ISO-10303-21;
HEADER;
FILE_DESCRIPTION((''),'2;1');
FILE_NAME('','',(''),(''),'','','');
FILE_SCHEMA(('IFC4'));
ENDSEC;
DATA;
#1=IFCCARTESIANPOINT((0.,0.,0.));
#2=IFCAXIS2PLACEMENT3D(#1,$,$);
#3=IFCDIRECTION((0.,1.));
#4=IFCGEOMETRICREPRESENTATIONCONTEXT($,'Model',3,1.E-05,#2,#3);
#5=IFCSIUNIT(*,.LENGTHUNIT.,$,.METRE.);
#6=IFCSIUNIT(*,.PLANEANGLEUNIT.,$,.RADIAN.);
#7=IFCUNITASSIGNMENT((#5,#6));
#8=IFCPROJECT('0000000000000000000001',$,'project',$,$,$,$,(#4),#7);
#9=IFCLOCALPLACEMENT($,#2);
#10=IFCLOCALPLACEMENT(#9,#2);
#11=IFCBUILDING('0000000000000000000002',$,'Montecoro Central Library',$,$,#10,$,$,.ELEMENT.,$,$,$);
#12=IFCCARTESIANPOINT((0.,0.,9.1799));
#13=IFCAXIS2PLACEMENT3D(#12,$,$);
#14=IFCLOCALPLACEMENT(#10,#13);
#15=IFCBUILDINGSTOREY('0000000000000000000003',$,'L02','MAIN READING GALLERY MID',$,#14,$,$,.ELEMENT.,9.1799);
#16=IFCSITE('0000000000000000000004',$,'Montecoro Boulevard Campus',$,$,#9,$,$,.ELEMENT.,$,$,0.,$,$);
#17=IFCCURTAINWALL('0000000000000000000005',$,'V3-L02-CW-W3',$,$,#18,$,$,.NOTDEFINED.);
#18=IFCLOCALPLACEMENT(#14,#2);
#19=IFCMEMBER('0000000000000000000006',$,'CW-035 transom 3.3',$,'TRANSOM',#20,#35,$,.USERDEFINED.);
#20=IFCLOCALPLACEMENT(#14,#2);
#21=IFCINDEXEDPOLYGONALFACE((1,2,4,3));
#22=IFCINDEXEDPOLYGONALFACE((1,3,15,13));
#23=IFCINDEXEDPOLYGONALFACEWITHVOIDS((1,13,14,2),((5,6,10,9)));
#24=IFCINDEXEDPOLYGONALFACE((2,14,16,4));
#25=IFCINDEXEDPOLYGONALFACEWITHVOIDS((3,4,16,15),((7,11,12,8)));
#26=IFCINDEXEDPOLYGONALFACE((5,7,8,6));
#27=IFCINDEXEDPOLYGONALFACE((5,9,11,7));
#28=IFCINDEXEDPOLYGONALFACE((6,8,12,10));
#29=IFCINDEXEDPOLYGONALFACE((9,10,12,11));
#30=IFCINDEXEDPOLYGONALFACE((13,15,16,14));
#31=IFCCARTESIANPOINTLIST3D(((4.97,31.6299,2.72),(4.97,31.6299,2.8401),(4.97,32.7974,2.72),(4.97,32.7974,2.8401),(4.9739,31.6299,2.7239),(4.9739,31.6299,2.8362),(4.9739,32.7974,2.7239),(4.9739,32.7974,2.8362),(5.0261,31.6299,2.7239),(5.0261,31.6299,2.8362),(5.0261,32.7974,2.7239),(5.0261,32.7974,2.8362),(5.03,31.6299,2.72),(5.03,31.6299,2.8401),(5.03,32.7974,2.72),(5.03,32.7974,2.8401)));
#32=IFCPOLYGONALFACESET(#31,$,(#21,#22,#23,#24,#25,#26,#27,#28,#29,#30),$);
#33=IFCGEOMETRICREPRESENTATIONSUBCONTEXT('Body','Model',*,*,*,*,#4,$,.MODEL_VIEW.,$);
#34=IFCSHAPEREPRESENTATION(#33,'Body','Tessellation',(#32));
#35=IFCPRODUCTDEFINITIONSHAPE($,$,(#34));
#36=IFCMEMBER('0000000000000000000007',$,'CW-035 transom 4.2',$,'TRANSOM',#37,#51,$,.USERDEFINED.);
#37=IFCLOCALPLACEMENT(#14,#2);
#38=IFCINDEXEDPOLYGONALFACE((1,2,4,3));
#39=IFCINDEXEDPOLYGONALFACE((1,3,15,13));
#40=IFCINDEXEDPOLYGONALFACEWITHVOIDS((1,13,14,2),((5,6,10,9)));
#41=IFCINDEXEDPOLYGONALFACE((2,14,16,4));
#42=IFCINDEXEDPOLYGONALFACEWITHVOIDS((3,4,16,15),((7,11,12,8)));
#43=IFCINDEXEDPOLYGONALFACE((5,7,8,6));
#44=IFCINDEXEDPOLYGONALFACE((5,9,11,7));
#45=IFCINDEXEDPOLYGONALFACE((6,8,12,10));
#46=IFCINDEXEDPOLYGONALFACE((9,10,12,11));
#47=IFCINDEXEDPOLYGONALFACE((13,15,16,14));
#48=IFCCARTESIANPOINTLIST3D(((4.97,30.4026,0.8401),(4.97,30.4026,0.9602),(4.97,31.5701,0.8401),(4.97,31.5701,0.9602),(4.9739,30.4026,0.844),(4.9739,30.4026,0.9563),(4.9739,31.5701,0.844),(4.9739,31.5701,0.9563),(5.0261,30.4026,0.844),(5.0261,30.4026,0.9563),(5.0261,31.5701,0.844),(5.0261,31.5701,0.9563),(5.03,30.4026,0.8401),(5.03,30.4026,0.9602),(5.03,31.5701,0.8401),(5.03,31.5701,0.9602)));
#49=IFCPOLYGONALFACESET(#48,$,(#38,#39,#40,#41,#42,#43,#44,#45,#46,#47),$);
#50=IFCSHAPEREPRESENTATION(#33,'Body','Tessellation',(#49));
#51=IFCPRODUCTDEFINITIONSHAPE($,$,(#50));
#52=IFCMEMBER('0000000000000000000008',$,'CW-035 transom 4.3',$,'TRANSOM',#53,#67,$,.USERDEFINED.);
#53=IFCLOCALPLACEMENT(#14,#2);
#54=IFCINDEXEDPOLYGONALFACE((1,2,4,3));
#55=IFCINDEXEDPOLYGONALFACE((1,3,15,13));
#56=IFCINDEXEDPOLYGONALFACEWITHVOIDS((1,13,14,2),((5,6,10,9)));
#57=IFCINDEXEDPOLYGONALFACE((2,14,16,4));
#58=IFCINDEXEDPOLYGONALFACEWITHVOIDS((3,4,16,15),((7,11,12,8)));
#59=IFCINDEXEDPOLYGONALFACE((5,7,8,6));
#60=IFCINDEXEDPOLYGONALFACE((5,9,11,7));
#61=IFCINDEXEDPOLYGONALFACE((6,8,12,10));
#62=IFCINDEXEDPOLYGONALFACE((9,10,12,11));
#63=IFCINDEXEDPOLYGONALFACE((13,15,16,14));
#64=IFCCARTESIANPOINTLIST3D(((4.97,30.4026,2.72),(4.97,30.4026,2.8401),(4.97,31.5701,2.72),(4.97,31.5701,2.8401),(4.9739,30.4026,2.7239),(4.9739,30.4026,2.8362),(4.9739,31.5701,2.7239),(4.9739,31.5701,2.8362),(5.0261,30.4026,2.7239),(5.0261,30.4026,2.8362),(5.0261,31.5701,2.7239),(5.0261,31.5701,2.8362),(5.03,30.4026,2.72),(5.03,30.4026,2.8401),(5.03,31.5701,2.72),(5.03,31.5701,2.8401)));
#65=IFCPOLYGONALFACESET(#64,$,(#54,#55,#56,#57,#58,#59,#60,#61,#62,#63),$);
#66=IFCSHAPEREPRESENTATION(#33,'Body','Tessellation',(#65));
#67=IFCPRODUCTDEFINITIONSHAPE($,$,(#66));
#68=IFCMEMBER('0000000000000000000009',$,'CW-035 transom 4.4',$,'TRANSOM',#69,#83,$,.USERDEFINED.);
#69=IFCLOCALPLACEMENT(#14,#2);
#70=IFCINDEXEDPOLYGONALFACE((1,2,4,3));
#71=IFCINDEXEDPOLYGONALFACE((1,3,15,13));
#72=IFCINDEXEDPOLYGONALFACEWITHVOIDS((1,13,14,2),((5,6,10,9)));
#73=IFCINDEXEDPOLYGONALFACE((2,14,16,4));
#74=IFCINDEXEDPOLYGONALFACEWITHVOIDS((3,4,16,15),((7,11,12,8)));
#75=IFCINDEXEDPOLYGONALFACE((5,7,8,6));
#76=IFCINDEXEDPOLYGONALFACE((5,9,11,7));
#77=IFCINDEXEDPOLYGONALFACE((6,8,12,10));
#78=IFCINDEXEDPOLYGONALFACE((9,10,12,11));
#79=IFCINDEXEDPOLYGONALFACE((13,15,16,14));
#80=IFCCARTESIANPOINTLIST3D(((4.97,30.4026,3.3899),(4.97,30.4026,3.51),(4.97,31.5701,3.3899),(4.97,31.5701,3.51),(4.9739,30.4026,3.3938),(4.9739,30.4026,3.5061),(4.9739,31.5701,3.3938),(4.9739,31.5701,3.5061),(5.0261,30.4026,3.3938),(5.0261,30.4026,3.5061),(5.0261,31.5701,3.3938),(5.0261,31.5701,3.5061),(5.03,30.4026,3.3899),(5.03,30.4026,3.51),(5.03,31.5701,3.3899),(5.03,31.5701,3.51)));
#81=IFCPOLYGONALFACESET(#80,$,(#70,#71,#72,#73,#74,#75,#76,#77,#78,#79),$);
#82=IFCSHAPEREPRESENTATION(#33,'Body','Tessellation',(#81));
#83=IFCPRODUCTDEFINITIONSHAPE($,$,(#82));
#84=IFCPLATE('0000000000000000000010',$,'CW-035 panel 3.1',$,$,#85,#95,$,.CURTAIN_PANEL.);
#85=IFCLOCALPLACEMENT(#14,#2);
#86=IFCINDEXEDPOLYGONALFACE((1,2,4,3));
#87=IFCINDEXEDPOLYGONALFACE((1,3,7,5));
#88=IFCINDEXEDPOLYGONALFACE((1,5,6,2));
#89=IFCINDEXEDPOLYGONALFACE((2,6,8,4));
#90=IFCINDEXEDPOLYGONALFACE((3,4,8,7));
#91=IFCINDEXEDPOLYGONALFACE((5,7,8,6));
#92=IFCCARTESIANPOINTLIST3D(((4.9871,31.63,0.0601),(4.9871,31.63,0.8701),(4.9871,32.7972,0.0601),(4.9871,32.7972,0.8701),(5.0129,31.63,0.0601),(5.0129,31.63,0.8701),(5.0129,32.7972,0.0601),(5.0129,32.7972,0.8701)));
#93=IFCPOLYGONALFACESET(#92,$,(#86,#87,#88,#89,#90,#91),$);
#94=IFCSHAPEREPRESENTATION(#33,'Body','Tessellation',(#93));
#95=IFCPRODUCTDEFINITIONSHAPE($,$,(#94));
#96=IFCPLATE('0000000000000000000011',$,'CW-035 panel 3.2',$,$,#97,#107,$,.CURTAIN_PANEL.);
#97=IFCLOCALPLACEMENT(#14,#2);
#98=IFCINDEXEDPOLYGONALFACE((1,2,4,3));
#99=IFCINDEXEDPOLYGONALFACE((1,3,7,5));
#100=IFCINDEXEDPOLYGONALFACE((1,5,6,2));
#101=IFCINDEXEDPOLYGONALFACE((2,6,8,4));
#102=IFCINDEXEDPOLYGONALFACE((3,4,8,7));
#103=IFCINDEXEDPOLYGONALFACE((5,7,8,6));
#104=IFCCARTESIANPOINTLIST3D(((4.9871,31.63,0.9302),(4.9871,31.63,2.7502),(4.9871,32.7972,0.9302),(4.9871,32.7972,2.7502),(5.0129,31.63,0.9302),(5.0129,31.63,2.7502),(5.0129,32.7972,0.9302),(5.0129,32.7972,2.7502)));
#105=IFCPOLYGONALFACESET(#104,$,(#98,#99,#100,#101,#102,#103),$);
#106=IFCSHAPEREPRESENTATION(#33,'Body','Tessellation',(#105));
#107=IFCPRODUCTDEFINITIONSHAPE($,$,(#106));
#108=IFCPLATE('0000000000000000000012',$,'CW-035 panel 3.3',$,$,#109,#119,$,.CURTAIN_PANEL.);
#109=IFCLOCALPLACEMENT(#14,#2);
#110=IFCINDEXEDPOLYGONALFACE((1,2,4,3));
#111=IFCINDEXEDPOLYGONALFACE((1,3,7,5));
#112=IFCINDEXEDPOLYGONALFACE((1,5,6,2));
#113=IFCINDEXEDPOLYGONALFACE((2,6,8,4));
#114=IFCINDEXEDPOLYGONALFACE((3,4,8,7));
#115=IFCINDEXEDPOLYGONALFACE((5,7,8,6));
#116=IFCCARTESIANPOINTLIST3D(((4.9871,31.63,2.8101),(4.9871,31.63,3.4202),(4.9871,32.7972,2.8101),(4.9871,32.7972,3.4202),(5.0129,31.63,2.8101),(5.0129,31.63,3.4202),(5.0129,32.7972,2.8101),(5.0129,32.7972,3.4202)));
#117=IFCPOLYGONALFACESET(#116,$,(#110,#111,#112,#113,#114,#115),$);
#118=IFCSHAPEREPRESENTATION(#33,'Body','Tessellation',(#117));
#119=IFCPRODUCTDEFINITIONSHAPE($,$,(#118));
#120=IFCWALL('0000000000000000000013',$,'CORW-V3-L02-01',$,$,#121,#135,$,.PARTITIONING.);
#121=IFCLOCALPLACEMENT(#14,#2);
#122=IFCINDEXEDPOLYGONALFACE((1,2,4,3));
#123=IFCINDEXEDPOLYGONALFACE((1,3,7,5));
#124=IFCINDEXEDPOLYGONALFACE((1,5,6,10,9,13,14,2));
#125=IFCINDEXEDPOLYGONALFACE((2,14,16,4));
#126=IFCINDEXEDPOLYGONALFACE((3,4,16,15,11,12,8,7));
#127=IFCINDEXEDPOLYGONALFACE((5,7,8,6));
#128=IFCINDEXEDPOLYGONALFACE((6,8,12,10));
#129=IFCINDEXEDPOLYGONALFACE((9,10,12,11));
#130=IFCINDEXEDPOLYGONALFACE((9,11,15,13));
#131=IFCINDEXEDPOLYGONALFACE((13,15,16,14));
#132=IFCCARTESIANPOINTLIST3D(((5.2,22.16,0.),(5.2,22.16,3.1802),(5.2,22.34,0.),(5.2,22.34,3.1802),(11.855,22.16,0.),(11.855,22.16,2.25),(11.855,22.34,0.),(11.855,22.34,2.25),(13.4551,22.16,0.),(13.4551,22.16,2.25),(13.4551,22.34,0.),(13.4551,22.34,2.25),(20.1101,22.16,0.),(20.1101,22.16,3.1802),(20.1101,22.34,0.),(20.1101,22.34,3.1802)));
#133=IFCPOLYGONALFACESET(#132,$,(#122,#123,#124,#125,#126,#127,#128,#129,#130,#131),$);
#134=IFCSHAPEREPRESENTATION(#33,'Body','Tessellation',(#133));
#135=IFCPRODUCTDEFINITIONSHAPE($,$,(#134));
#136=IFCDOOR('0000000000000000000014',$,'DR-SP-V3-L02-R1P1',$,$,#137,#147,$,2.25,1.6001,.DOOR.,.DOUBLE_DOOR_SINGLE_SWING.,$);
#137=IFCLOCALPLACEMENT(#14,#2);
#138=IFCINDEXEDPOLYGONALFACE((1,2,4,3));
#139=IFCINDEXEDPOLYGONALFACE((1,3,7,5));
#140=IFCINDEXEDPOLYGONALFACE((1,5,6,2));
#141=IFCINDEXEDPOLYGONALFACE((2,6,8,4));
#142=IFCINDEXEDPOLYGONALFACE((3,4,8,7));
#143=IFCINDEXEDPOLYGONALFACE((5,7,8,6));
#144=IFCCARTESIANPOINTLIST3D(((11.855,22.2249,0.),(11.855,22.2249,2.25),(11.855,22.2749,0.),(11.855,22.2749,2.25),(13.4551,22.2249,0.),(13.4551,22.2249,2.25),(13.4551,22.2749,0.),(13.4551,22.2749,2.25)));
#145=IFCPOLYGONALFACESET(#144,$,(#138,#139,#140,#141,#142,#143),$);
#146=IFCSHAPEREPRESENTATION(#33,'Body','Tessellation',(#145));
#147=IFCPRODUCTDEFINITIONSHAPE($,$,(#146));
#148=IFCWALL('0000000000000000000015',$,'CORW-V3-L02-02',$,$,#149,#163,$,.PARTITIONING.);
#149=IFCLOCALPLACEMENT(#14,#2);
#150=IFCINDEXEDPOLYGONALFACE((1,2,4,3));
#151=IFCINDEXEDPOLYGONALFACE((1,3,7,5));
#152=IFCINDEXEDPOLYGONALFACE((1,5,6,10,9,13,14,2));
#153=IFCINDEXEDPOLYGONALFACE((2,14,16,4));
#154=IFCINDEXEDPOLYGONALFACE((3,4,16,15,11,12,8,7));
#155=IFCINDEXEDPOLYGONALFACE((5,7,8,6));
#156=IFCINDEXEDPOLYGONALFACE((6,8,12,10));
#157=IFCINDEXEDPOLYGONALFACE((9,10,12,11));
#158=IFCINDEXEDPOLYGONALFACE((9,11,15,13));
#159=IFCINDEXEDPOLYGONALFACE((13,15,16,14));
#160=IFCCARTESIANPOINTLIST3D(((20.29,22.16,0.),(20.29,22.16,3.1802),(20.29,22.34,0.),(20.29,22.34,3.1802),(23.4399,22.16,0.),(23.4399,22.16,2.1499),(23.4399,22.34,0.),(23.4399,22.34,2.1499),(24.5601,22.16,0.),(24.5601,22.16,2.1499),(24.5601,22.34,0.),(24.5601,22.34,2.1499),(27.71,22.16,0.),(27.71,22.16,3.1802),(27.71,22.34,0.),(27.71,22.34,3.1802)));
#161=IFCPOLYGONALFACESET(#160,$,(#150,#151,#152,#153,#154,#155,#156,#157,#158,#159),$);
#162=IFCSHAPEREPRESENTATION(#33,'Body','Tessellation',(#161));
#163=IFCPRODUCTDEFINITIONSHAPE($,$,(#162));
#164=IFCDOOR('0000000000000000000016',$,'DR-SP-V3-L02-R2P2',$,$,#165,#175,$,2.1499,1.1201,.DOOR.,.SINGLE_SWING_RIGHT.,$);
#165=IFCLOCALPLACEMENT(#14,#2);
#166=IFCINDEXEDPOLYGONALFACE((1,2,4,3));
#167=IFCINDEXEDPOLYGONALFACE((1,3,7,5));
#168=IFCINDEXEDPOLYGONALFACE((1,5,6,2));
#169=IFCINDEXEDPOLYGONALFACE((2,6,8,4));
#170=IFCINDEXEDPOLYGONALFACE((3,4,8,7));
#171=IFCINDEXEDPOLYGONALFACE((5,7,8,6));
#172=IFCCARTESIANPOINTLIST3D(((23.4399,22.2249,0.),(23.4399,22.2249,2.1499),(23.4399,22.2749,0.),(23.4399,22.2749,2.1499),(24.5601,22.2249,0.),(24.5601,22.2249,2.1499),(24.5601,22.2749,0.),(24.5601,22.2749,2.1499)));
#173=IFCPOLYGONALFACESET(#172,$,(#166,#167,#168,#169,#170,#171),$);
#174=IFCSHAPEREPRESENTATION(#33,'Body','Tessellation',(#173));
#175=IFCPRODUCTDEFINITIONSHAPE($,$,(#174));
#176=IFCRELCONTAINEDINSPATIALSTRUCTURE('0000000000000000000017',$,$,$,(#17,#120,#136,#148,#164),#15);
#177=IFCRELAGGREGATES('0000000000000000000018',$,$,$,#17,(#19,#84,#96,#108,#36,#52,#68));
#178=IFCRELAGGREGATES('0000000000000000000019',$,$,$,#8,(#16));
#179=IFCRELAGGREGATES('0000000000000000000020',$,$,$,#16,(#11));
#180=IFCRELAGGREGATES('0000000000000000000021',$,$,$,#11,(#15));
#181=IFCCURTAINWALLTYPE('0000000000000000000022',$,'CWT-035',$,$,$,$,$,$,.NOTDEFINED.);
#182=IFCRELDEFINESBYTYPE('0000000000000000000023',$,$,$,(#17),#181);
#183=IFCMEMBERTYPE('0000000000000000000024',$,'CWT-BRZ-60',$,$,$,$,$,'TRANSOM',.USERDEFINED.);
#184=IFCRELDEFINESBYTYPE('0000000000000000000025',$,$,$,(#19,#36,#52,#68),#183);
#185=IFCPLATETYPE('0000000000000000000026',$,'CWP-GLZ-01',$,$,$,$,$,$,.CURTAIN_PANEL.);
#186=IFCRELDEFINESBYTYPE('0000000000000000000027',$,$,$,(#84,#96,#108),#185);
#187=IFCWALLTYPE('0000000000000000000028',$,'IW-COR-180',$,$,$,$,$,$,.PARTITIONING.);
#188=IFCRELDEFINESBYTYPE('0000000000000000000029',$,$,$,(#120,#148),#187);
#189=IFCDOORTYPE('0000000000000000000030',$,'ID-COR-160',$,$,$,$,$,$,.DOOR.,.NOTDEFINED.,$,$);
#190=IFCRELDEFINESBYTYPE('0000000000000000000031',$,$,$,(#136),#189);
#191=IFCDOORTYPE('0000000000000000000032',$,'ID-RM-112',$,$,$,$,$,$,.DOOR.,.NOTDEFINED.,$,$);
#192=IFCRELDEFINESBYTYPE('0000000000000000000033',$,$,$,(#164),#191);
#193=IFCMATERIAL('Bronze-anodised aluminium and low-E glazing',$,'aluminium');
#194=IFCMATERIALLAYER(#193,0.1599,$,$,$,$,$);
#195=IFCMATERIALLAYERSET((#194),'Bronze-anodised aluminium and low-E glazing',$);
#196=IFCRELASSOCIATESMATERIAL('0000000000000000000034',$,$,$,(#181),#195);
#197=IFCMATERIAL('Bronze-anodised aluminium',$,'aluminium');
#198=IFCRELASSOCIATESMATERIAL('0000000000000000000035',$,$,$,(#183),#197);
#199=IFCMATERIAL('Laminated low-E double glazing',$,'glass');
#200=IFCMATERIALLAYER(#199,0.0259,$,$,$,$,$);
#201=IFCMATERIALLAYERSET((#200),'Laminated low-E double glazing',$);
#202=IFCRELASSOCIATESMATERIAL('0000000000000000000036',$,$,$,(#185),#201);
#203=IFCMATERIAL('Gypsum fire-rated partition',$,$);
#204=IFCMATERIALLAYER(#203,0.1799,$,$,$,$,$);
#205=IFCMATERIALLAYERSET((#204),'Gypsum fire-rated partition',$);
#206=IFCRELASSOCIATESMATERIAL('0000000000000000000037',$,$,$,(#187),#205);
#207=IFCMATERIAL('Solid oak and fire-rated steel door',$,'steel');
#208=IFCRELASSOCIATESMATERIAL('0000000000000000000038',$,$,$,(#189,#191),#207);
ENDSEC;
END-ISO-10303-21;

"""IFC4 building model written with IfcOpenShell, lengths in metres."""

from ifc_helpers import new_model, si_unit, direction, frame, frame_2d, origin, origin_2d, place, context, subcontext, project, spatial, rectangle, hollow_rectangle, extrude, material, layer, layer_set, material_profile, profile_set, type_object, element, fill, aggregate, save


model = new_model("IFC4")

# Units and contexts
model_context = context("Model", 3, precision=1e-05, world=origin(), true_north=direction((0.0, 1.0)))
body_context = subcontext(model_context, "Body", "Model", "MODEL_VIEW")
ifc_project = project(units=[si_unit("LENGTHUNIT", "METRE"), si_unit("PLANEANGLEUNIT", "RADIAN")], contexts=[model_context])

# Site, building, storey
site_placement = place(None, origin())
site = spatial("IfcSite", under=ifc_project, at=site_placement, Name="Montecoro Boulevard Campus", CompositionType="ELEMENT", RefElevation=0.0)
building_placement = place(site_placement, origin())
building = spatial("IfcBuilding", under=site, at=building_placement, Name="Montecoro Central Library", CompositionType="ELEMENT")
storey_placement = place(building_placement, frame((0.0, 0.0, 9.1799)))
storey = spatial("IfcBuildingStorey", under=building, at=storey_placement, Name="L02", Description="MAIN READING GALLERY MID", CompositionType="ELEMENT", Elevation=9.1799)

# Curtain wall, members, plates
ifc_material_1 = material(Name="Bronze-anodised aluminium and low-E glazing", Category="aluminium")
ifc_layer_1 = layer(ifc_material_1, 0.1599)
ifc_layer_set_1 = layer_set([ifc_layer_1], Name="Bronze-anodised aluminium and low-E glazing")
curtain_wall_type = type_object("IfcCurtainWallType", Name="CWT-035", PredefinedType="NOTDEFINED", material=ifc_layer_set_1)
curtain_wall_placement = place(storey_placement, origin())
curtain_wall = element("IfcCurtainWall", 1, at=curtain_wall_placement, inside=storey, type_object=curtain_wall_type, Name="V3-L02-CW-W3", PredefinedType="NOTDEFINED")
ifc_material_2 = material(Name="Bronze-anodised aluminium", Category="aluminium")
ifc_material_profile_1 = material_profile(ifc_material_2, hollow_rectangle(XDim=0.0601, YDim=0.1201, WallThickness=0.0039, at=origin_2d()), Name="CWT 120x60x4.0")
ifc_profile_set_1 = profile_set([ifc_material_profile_1], Name="Bronze-anodised aluminium")
member_type_1 = type_object("IfcMemberType", Name="CWT-BRZ-60", ElementType="TRANSOM", PredefinedType="USERDEFINED", material=ifc_profile_set_1)
member_1_placement = place(storey_placement, frame((5.0, 32.7974, 2.78), z_axis=(0.0, -1.0, 0.0), x_axis=(1.0, 0.0, 0.0)))
member_1 = element("IfcMember", 2, at=member_1_placement, type_object=member_type_1, Name="CW-035 transom 3.3", ObjectType="TRANSOM", PredefinedType="USERDEFINED", context=body_context, shape_type="SweptSolid", body=[
    extrude(hollow_rectangle(XDim=0.0601, YDim=0.1201, WallThickness=0.0039, at=origin_2d()), origin(), (0.0, 0.0, 1.0), 1.1675),
])
member_2_placement = place(storey_placement, frame((5.0, 31.5701, 0.9001), z_axis=(0.0, -1.0, 0.0), x_axis=(1.0, 0.0, 0.0)))
member_2 = element("IfcMember", 3, at=member_2_placement, type_object=member_type_1, Name="CW-035 transom 4.2", ObjectType="TRANSOM", PredefinedType="USERDEFINED", context=body_context, shape_type="SweptSolid", body=[
    extrude(hollow_rectangle(XDim=0.0601, YDim=0.1201, WallThickness=0.0039, at=origin_2d()), origin(), (0.0, 0.0, 1.0), 1.1675),
])
member_3_placement = place(storey_placement, frame((5.0, 31.5701, 2.78), z_axis=(0.0, -1.0, 0.0), x_axis=(1.0, 0.0, 0.0)))
member_3 = element("IfcMember", 4, at=member_3_placement, type_object=member_type_1, Name="CW-035 transom 4.3", ObjectType="TRANSOM", PredefinedType="USERDEFINED", context=body_context, shape_type="SweptSolid", body=[
    extrude(hollow_rectangle(XDim=0.0601, YDim=0.1201, WallThickness=0.0039, at=origin_2d()), origin(), (0.0, 0.0, 1.0), 1.1675),
])
member_4_placement = place(storey_placement, frame((5.0, 31.5701, 3.45), z_axis=(0.0, -1.0, 0.0), x_axis=(1.0, 0.0, 0.0)))
member_4 = element("IfcMember", 5, at=member_4_placement, type_object=member_type_1, Name="CW-035 transom 4.4", ObjectType="TRANSOM", PredefinedType="USERDEFINED", context=body_context, shape_type="SweptSolid", body=[
    extrude(hollow_rectangle(XDim=0.0601, YDim=0.1201, WallThickness=0.0039, at=origin_2d()), origin(), (0.0, 0.0, 1.0), 1.1675),
])
ifc_material_3 = material(Name="Laminated low-E double glazing", Category="glass")
ifc_layer_2 = layer(ifc_material_3, 0.0259)
ifc_layer_set_2 = layer_set([ifc_layer_2], Name="Laminated low-E double glazing")
plate_type = type_object("IfcPlateType", Name="CWP-GLZ-01", PredefinedType="CURTAIN_PANEL", material=ifc_layer_set_2)
plate_1_placement = place(storey_placement, frame((5.0, 32.2136, 0.0601), z_axis=(0.0, 0.0, 1.0), x_axis=(0.0, -1.0, 0.0)))
plate_1 = element("IfcPlate", 6, at=plate_1_placement, type_object=plate_type, Name="CW-035 panel 3.1", PredefinedType="CURTAIN_PANEL", context=body_context, shape_type="SweptSolid", body=[
    extrude(rectangle(XDim=1.1672, YDim=0.0259, at=origin_2d()), origin(), (0.0, 0.0, 1.0), 0.8101),
])
plate_2_placement = place(storey_placement, frame((5.0, 32.2136, 0.9302), z_axis=(0.0, 0.0, 1.0), x_axis=(0.0, -1.0, 0.0)))
plate_2 = element("IfcPlate", 7, at=plate_2_placement, type_object=plate_type, Name="CW-035 panel 3.2", PredefinedType="CURTAIN_PANEL", context=body_context, shape_type="SweptSolid", body=[
    extrude(rectangle(XDim=1.1672, YDim=0.0259, at=origin_2d()), origin(), (0.0, 0.0, 1.0), 1.8201),
])
plate_3_placement = place(storey_placement, frame((5.0, 32.2136, 2.8101), z_axis=(0.0, 0.0, 1.0), x_axis=(0.0, -1.0, 0.0)))
plate_3 = element("IfcPlate", 8, at=plate_3_placement, type_object=plate_type, Name="CW-035 panel 3.3", PredefinedType="CURTAIN_PANEL", context=body_context, shape_type="SweptSolid", body=[
    extrude(rectangle(XDim=1.1672, YDim=0.0259, at=origin_2d()), origin(), (0.0, 0.0, 1.0), 0.6101),
])
aggregate(curtain_wall, [member_1, plate_1, plate_2, plate_3, member_2, member_3, member_4])

# Walls, openings, doors
ifc_material_4 = material(Name="Gypsum fire-rated partition")
ifc_layer_3 = layer(ifc_material_4, 0.1799)
ifc_layer_set_3 = layer_set([ifc_layer_3], Name="Gypsum fire-rated partition")
wall_type_1 = type_object("IfcWallType", Name="IW-COR-180", PredefinedType="PARTITIONING", material=ifc_layer_set_3)
wall_1_placement = place(storey_placement, frame((5.2, 22.25, 0.0), z_axis=(0.0, 0.0, 1.0), x_axis=(1.0, 0.0, 0.0)))
wall_1 = element("IfcWall", 9, at=wall_1_placement, inside=storey, type_object=wall_type_1, Name="CORW-V3-L02-01", PredefinedType="PARTITIONING", context=body_context, shape_type="SweptSolid", body=[
    extrude(rectangle(XDim=14.9102, YDim=0.1799, at=frame_2d((7.4551, 0.0))), origin(), (0.0, 0.0, 1.0), 3.1802),
])
opening_1_placement = place(wall_1_placement, frame((6.655, 0.0, 0.0)))
opening_1 = element("IfcOpeningElement", 10, at=opening_1_placement, cuts=wall_1, PredefinedType="OPENING", context=body_context, shape_type="SweptSolid", body=[
    extrude(rectangle(XDim=1.6001, YDim=2.25, at=frame_2d((0.8, 1.125))), frame((0.0, 0.0999, 0.0), z_axis=(0.0, -1.0, 0.0), x_axis=(1.0, 0.0, 0.0)), (0.0, 0.0, 1.0), 0.2),
])
ifc_material_5 = material(Name="Solid oak and fire-rated steel door", Category="steel")
door_type_1 = type_object("IfcDoorType", Name="ID-COR-160", OperationType="NOTDEFINED", PredefinedType="DOOR", material=ifc_material_5)
door_1_placement = place(opening_1_placement, origin())
door_1 = element("IfcDoor", 11, at=door_1_placement, inside=storey, type_object=door_type_1, Name="DR-SP-V3-L02-R1P1", OperationType="DOUBLE_DOOR_SINGLE_SWING", OverallHeight=2.25, OverallWidth=1.6001, PredefinedType="DOOR", context=body_context, shape_type="SweptSolid", body=[
    extrude(rectangle(XDim=1.6001, YDim=2.25, at=frame_2d((0.8, 1.125))), frame((0.0, 0.0249, 0.0), z_axis=(0.0, -1.0, 0.0), x_axis=(1.0, 0.0, 0.0)), (0.0, 0.0, 1.0), 0.05),
])
fill(opening_1, door_1)
wall_2_placement = place(storey_placement, frame((20.29, 22.25, 0.0), z_axis=(0.0, 0.0, 1.0), x_axis=(1.0, 0.0, 0.0)))
wall_2 = element("IfcWall", 12, at=wall_2_placement, inside=storey, type_object=wall_type_1, Name="CORW-V3-L02-02", PredefinedType="PARTITIONING", context=body_context, shape_type="SweptSolid", body=[
    extrude(rectangle(XDim=7.4199, YDim=0.1799, at=frame_2d((3.71, 0.0))), origin(), (0.0, 0.0, 1.0), 3.1802),
])
opening_2_placement = place(wall_2_placement, frame((3.1499, 0.0, 0.0)))
opening_2 = element("IfcOpeningElement", 13, at=opening_2_placement, cuts=wall_2, PredefinedType="OPENING", context=body_context, shape_type="SweptSolid", body=[
    extrude(rectangle(XDim=1.1201, YDim=2.1499, at=frame_2d((0.5601, 1.075))), frame((0.0, 0.0999, 0.0), z_axis=(0.0, -1.0, 0.0), x_axis=(1.0, 0.0, 0.0)), (0.0, 0.0, 1.0), 0.2),
])
door_type_2 = type_object("IfcDoorType", Name="ID-RM-112", OperationType="NOTDEFINED", PredefinedType="DOOR", material=ifc_material_5)
door_2_placement = place(opening_2_placement, origin())
door_2 = element("IfcDoor", 14, at=door_2_placement, inside=storey, type_object=door_type_2, Name="DR-SP-V3-L02-R2P2", OperationType="SINGLE_SWING_RIGHT", OverallHeight=2.1499, OverallWidth=1.1201, PredefinedType="DOOR", context=body_context, shape_type="SweptSolid", body=[
    extrude(rectangle(XDim=1.1201, YDim=2.1499, at=frame_2d((0.5601, 1.075))), frame((0.0, 0.0249, 0.0), z_axis=(0.0, -1.0, 0.0), x_axis=(1.0, 0.0, 0.0)), (0.0, 0.0, 1.0), 0.05),
])
fill(opening_2, door_2)

save(model, "model.ifc")
